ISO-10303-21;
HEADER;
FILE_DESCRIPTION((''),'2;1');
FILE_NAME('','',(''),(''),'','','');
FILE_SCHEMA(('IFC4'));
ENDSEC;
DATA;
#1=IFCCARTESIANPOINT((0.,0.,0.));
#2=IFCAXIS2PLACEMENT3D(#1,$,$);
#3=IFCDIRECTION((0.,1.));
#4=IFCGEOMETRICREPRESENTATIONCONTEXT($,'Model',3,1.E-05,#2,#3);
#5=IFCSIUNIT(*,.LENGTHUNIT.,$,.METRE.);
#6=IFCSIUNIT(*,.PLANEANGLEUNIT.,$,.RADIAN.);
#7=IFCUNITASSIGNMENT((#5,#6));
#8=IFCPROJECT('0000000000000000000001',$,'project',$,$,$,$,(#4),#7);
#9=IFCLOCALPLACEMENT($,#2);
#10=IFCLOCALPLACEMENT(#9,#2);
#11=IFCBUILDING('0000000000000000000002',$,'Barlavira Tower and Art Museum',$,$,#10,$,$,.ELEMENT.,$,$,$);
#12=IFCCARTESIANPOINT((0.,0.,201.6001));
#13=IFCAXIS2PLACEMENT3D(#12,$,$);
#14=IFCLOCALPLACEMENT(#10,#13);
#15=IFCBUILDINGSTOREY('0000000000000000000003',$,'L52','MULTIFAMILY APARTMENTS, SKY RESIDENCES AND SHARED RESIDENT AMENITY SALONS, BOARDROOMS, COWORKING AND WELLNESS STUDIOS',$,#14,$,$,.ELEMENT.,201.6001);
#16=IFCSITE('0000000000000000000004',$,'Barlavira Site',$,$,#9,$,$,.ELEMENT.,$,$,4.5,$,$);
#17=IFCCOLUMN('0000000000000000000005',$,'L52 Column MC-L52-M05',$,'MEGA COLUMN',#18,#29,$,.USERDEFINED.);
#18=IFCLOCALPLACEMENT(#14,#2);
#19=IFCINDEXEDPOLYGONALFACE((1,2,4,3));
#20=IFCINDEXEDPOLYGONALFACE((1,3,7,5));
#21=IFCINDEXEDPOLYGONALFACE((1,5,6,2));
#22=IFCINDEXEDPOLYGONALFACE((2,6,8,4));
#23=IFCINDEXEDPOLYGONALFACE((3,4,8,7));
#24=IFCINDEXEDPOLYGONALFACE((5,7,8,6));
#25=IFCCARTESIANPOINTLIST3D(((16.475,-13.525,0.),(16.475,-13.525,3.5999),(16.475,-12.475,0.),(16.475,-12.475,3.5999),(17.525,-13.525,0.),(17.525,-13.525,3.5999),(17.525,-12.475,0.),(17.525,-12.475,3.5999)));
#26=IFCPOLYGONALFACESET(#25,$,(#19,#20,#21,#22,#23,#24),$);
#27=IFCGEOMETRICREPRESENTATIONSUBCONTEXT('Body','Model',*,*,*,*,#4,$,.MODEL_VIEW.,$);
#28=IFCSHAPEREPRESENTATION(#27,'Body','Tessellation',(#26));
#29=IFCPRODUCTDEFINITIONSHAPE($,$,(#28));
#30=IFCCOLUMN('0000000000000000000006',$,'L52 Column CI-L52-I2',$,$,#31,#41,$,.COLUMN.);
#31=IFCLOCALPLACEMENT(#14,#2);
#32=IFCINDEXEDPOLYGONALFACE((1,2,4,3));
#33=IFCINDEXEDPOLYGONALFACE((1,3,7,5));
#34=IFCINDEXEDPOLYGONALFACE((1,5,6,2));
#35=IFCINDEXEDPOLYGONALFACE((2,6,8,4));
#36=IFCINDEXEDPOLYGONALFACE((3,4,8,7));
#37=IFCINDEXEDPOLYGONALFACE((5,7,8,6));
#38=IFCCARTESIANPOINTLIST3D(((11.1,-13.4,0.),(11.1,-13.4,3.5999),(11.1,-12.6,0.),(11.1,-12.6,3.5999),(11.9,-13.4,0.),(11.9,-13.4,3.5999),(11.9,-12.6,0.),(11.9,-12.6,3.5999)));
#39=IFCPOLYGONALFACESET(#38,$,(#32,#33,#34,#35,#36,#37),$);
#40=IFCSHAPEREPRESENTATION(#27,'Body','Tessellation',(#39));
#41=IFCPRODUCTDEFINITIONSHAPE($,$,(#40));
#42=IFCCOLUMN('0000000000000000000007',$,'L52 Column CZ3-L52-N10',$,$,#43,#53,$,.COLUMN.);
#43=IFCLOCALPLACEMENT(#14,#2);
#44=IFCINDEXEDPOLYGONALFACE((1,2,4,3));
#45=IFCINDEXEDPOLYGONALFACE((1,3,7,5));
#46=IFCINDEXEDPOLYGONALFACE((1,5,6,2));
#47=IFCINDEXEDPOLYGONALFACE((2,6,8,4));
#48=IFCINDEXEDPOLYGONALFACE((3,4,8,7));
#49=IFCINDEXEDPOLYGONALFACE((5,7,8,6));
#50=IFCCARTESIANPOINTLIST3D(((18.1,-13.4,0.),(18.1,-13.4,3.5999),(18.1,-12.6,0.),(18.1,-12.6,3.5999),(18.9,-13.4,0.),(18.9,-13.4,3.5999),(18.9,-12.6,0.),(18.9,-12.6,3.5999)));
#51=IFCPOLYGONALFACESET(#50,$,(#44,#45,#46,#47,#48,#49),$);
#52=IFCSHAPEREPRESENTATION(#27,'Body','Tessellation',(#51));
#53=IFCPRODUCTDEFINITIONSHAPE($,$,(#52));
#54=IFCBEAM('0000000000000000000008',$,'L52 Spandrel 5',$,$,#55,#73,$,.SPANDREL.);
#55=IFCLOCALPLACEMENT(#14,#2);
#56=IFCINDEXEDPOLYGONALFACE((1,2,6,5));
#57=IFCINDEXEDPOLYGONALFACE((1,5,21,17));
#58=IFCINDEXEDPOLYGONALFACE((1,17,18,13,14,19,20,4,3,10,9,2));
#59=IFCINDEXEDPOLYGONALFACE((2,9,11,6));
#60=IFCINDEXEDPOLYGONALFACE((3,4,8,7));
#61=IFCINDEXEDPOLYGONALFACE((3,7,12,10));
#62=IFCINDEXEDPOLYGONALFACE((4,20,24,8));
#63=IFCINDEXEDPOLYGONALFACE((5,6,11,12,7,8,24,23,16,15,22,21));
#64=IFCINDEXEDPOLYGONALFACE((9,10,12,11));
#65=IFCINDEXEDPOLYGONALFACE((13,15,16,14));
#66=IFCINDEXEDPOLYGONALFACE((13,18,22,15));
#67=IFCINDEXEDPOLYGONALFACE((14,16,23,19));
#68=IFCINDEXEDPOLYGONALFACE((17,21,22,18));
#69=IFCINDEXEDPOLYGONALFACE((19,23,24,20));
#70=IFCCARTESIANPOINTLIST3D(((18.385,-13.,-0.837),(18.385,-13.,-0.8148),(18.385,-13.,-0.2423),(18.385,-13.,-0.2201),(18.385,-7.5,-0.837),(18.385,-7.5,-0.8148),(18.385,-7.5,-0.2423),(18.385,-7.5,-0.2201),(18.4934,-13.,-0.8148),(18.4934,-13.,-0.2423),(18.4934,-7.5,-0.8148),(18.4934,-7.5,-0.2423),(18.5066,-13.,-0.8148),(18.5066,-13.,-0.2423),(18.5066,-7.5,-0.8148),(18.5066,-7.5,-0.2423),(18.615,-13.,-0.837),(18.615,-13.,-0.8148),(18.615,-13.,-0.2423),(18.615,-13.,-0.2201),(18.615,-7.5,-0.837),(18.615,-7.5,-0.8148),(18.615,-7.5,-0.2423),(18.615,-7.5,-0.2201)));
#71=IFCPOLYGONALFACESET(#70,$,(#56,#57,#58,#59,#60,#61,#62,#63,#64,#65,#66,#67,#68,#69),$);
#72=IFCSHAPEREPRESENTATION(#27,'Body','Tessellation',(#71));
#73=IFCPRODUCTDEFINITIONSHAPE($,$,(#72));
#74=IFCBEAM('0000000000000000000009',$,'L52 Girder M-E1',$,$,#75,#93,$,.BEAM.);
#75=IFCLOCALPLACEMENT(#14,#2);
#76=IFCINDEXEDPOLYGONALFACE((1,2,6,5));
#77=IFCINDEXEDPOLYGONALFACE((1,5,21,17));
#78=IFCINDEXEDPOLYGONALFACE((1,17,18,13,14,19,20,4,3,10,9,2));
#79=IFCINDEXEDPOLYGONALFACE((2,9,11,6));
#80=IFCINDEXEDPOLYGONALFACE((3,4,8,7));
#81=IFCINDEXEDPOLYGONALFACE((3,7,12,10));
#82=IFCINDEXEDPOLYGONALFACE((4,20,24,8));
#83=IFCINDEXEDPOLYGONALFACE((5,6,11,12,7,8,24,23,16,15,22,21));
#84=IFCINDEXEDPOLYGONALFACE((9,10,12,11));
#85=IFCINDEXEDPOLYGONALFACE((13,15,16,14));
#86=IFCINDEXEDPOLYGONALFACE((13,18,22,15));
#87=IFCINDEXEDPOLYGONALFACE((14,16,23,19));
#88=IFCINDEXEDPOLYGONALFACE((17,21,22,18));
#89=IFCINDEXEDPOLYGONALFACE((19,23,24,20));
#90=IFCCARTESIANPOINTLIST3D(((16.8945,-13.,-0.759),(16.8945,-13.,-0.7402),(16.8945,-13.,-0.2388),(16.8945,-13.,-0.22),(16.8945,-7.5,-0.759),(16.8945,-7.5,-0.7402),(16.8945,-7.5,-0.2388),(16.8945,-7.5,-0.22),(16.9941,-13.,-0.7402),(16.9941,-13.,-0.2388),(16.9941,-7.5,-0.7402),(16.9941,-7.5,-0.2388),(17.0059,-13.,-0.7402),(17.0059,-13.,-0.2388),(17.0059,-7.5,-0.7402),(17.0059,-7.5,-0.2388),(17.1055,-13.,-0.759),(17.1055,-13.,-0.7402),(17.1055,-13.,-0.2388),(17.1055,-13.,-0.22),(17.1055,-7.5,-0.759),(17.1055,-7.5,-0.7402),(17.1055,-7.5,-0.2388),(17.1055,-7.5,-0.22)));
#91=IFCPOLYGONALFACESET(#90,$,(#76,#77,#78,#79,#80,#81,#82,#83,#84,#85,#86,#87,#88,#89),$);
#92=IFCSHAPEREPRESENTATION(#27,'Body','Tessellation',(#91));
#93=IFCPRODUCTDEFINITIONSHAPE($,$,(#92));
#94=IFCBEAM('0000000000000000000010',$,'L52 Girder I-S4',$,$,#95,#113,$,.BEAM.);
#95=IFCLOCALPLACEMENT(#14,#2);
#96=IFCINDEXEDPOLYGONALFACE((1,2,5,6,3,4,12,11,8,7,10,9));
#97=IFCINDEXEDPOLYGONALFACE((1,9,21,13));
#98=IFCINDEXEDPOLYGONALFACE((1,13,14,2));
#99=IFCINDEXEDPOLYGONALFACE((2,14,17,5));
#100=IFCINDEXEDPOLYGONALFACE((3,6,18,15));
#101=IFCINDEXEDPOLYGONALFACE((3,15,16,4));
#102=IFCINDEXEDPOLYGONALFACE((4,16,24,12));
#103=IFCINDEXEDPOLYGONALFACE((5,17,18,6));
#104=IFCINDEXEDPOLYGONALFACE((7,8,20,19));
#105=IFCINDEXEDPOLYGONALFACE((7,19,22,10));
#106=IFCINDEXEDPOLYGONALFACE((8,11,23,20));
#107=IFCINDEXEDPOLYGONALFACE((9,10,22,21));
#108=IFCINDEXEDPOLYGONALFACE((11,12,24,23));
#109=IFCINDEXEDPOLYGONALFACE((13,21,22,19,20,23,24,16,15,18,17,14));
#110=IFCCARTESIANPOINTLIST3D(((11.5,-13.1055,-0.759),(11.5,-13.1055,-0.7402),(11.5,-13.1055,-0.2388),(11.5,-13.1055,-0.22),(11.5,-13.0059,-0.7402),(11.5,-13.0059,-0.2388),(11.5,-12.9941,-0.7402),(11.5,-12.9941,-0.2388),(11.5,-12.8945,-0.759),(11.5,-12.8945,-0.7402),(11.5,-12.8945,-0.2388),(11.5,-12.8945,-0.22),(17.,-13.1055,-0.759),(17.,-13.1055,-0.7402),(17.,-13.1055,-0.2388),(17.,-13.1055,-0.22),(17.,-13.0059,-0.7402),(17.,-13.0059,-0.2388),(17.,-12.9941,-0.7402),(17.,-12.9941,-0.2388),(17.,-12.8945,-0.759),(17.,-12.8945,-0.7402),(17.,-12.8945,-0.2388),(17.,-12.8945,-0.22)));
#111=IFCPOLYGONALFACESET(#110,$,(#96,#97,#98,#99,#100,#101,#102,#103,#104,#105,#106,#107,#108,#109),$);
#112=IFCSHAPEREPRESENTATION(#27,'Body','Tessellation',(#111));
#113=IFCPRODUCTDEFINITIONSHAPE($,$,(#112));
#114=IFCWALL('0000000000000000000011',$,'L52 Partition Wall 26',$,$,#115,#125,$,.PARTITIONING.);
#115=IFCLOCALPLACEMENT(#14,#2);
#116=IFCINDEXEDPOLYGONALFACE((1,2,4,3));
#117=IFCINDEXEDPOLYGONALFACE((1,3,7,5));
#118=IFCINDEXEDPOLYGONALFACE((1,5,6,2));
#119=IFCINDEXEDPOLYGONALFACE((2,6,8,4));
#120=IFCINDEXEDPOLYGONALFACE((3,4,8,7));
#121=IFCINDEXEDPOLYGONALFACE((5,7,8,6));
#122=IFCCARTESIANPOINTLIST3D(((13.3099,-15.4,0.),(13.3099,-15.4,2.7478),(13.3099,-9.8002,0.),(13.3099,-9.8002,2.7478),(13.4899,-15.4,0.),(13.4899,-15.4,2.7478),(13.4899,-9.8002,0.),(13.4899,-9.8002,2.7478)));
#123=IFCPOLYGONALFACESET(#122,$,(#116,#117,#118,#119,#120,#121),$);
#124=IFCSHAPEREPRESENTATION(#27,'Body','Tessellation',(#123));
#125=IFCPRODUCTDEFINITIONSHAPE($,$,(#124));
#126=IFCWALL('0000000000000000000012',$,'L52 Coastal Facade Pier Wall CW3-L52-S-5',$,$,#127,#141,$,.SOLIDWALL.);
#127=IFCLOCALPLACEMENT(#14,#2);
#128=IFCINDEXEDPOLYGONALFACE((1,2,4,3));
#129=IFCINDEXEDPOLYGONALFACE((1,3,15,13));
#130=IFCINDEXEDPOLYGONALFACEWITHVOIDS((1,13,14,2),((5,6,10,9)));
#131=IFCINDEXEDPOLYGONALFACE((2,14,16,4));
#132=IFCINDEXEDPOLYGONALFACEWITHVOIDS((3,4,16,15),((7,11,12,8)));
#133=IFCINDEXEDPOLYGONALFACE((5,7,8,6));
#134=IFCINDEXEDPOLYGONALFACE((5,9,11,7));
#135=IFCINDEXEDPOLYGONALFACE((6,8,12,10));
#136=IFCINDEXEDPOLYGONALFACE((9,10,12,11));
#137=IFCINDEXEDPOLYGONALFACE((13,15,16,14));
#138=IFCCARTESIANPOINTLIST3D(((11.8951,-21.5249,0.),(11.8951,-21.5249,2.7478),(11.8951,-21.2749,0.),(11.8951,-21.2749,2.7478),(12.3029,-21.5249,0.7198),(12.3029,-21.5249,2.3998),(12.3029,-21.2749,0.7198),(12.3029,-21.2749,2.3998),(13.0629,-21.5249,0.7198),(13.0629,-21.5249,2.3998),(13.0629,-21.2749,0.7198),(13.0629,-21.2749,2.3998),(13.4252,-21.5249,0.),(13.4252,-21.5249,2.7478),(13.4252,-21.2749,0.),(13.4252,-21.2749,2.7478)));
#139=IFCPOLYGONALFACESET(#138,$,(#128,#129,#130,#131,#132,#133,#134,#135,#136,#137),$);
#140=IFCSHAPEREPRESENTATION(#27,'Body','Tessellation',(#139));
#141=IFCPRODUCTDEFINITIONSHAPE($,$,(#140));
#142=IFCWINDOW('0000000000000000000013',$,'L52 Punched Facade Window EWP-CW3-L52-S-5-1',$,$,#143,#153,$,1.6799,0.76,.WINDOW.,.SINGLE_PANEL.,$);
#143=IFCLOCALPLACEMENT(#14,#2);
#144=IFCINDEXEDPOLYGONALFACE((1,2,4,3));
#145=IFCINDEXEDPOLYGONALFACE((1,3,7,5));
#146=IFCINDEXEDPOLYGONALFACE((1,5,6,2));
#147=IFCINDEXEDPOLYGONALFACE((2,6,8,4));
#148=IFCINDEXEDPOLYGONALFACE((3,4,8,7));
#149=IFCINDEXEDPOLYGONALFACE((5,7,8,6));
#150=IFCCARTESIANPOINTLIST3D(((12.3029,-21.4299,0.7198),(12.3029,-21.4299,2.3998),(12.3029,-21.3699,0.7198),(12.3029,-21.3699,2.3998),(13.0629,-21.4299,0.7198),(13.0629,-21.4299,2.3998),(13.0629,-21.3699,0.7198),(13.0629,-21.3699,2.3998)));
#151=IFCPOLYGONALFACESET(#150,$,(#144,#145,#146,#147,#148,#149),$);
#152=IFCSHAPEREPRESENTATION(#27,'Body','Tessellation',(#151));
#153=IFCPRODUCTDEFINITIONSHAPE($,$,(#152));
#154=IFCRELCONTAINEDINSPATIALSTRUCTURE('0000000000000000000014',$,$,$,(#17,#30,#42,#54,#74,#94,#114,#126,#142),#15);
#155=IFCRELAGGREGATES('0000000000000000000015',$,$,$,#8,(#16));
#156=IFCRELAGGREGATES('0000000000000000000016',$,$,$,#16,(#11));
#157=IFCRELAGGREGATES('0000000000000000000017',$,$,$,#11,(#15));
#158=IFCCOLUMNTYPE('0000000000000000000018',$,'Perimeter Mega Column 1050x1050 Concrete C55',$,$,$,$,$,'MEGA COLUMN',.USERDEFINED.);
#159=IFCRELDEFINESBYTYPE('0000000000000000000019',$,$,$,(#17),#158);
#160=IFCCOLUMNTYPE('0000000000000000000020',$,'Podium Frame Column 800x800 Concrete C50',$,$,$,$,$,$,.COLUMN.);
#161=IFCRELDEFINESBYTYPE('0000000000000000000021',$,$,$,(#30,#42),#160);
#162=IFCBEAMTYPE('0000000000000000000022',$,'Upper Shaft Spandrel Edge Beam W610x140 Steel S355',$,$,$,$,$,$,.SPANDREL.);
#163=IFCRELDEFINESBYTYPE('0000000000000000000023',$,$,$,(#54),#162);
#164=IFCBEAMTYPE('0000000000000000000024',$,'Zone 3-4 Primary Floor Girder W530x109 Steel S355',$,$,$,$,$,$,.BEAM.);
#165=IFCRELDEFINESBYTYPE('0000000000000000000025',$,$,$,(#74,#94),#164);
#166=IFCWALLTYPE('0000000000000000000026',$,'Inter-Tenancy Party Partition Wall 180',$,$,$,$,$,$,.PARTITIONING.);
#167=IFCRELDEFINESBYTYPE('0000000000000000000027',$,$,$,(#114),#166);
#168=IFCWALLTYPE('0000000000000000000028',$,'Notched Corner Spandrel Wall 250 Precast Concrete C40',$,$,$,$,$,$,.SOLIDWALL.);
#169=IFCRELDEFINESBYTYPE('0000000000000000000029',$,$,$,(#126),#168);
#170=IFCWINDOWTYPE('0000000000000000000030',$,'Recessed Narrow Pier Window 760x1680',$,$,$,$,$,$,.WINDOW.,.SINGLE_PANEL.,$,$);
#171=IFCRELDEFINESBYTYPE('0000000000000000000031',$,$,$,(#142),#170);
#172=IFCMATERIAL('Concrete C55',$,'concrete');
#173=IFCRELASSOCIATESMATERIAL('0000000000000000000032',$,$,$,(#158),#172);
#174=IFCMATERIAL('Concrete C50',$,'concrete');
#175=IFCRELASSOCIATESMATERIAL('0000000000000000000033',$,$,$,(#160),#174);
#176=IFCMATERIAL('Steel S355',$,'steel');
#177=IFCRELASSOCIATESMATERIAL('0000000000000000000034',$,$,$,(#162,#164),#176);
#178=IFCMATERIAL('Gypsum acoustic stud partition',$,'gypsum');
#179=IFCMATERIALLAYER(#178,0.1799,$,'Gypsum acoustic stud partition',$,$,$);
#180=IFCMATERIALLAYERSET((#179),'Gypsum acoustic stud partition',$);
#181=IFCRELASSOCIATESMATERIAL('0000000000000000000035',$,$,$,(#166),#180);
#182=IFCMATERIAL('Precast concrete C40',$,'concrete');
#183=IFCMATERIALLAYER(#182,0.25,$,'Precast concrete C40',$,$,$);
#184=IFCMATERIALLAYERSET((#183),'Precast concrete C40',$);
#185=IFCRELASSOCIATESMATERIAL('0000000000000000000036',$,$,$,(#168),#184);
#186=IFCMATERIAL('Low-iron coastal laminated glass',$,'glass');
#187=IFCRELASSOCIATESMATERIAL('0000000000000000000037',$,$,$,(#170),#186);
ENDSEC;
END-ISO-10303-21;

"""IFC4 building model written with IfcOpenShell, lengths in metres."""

from ifc_helpers import new_model, si_unit, direction, frame, frame_2d, origin, origin_2d, place, context, subcontext, project, spatial, rectangle, i_section, extrude, material, layer, layer_set, material_profile, profile_set, type_object, element, fill, save


model = new_model("IFC4")

# Units and contexts
model_context = context("Model", 3, precision=1e-05, world=origin(), true_north=direction((0.0, 1.0)))
body_context = subcontext(model_context, "Body", "Model", "MODEL_VIEW")
ifc_project = project(units=[si_unit("LENGTHUNIT", "METRE"), si_unit("PLANEANGLEUNIT", "RADIAN")], contexts=[model_context])

# Site, building, storey
site_placement = place(None, origin())
site = spatial("IfcSite", under=ifc_project, at=site_placement, Name="Barlavira Site", CompositionType="ELEMENT", RefElevation=4.5)
building_placement = place(site_placement, origin())
building = spatial("IfcBuilding", under=site, at=building_placement, Name="Barlavira Tower and Art Museum", CompositionType="ELEMENT")
storey_placement = place(building_placement, frame((0.0, 0.0, 201.6001)))
storey = spatial("IfcBuildingStorey", under=building, at=storey_placement, Name="L52", Description="MULTIFAMILY APARTMENTS, SKY RESIDENCES AND SHARED RESIDENT AMENITY SALONS, BOARDROOMS, COWORKING AND WELLNESS STUDIOS", CompositionType="ELEMENT", Elevation=201.6001)

# Columns
ifc_material_1 = material(Name="Concrete C55", Category="concrete")
ifc_material_profile_1 = material_profile(ifc_material_1, rectangle(XDim=1.05, YDim=1.05, at=origin_2d()), Name="RC-COL 1050x1050")
ifc_profile_set_1 = profile_set([ifc_material_profile_1], Name="Concrete C55")
column_type_1 = type_object("IfcColumnType", Name="Perimeter Mega Column 1050x1050 Concrete C55", ElementType="MEGA COLUMN", PredefinedType="USERDEFINED", material=ifc_profile_set_1)
column_placement = place(storey_placement, frame((17.0, -13.0, 0.0), z_axis=(0.0, 0.0, 1.0), x_axis=(1.0, 0.0, 0.0)))
element("IfcColumn", 1, at=column_placement, inside=storey, type_object=column_type_1, Name="L52 Column MC-L52-M05", ObjectType="MEGA COLUMN", PredefinedType="USERDEFINED", context=body_context, shape_type="SweptSolid", body=[
    extrude(rectangle(XDim=1.05, YDim=1.05, at=origin_2d()), origin(), (0.0, 0.0, 1.0), 3.5999),
])
ifc_material_2 = material(Name="Concrete C50", Category="concrete")
ifc_material_profile_2 = material_profile(ifc_material_2, rectangle(XDim=0.8, YDim=0.8, at=origin_2d()), Name="RC-COL 800x800")
ifc_profile_set_2 = profile_set([ifc_material_profile_2], Name="Concrete C50")
column_type_2 = type_object("IfcColumnType", Name="Podium Frame Column 800x800 Concrete C50", PredefinedType="COLUMN", material=ifc_profile_set_2)
for number, where, z_axis, x_axis, name in (
    (2, (11.5, -13.0, 0.0), (0.0, 0.0, 1.0), (1.0, 0.0, 0.0), "L52 Column CI-L52-I2"),
    (3, (18.5, -13.0, 0.0), (0.0, 0.0, 1.0), (1.0, 0.0, 0.0), "L52 Column CZ3-L52-N10"),
):
    element("IfcColumn", number, at=place(storey_placement, frame(where, z_axis=z_axis, x_axis=x_axis)), inside=storey, type_object=column_type_2, Name=name, PredefinedType="COLUMN", context=body_context, shape_type="SweptSolid", body=[
        extrude(rectangle(XDim=0.8, YDim=0.8, at=origin_2d()), origin(), (0.0, 0.0, 1.0), 3.5999),
    ])

# Beams
ifc_material_3 = material(Name="Steel S355", Category="steel")
ifc_material_profile_3 = material_profile(ifc_material_3, i_section(OverallWidth=0.23, OverallDepth=0.6169, WebThickness=0.0132, FlangeThickness=0.0222, at=origin_2d()), Name="W610x140.0")
ifc_profile_set_3 = profile_set([ifc_material_profile_3], Name="Steel S355")
beam_type_1 = type_object("IfcBeamType", Name="Upper Shaft Spandrel Edge Beam W610x140 Steel S355", PredefinedType="SPANDREL", material=ifc_profile_set_3)
beam_placement = place(storey_placement, frame((18.5, -13.0, -0.5286), z_axis=(0.0, 1.0, 0.0), x_axis=(-1.0, 0.0, 0.0)))
element("IfcBeam", 4, at=beam_placement, inside=storey, type_object=beam_type_1, Name="L52 Spandrel 5", PredefinedType="SPANDREL", context=body_context, shape_type="SweptSolid", body=[
    extrude(i_section(OverallWidth=0.23, OverallDepth=0.6169, WebThickness=0.0132, FlangeThickness=0.0222, at=origin_2d()), origin(), (0.0, 0.0, 1.0), 5.5),
])
ifc_material_profile_4 = material_profile(ifc_material_3, i_section(OverallWidth=0.2109, OverallDepth=0.5391, WebThickness=0.0117, FlangeThickness=0.0188, at=origin_2d()), Name="W530x109.0")
ifc_profile_set_4 = profile_set([ifc_material_profile_4], Name="Steel S355")
beam_type_2 = type_object("IfcBeamType", Name="Zone 3-4 Primary Floor Girder W530x109 Steel S355", PredefinedType="BEAM", material=ifc_profile_set_4)
for number, where, z_axis, x_axis, name in (
    (5, (17.0, -13.0, -0.4895), (0.0, 1.0, 0.0), (-1.0, 0.0, 0.0), "L52 Girder M-E1"),
    (6, (11.5, -13.0, -0.4895), (1.0, 0.0, 0.0), (0.0, 1.0, 0.0), "L52 Girder I-S4"),
):
    element("IfcBeam", number, at=place(storey_placement, frame(where, z_axis=z_axis, x_axis=x_axis)), inside=storey, type_object=beam_type_2, Name=name, PredefinedType="BEAM", context=body_context, shape_type="SweptSolid", body=[
        extrude(i_section(OverallWidth=0.2109, OverallDepth=0.5391, WebThickness=0.0117, FlangeThickness=0.0188, at=origin_2d()), origin(), (0.0, 0.0, 1.0), 5.5),
    ])

# Wall
ifc_material_4 = material(Name="Gypsum acoustic stud partition", Category="gypsum")
ifc_layer_1 = layer(ifc_material_4, 0.1799, Name="Gypsum acoustic stud partition")
ifc_layer_set_1 = layer_set([ifc_layer_1], Name="Gypsum acoustic stud partition")
wall_type_1 = type_object("IfcWallType", Name="Inter-Tenancy Party Partition Wall 180", PredefinedType="PARTITIONING", material=ifc_layer_set_1)
wall_1_placement = place(storey_placement, frame((13.3999, -15.3999, 0.0), z_axis=(0.0, 0.0, 1.0), x_axis=(0.0, 1.0, 0.0)))
element("IfcWall", 7, at=wall_1_placement, inside=storey, type_object=wall_type_1, Name="L52 Partition Wall 26", PredefinedType="PARTITIONING", context=body_context, shape_type="SweptSolid", body=[
    extrude(rectangle(XDim=5.5999, YDim=0.1799, at=frame_2d((2.7998, 0.0))), origin(), (0.0, 0.0, 1.0), 2.7478),
])

# Wall, opening, window
ifc_material_5 = material(Name="Precast concrete C40", Category="concrete")
ifc_layer_2 = layer(ifc_material_5, 0.25, Name="Precast concrete C40")
ifc_layer_set_2 = layer_set([ifc_layer_2], Name="Precast concrete C40")
wall_type_2 = type_object("IfcWallType", Name="Notched Corner Spandrel Wall 250 Precast Concrete C40", PredefinedType="SOLIDWALL", material=ifc_layer_set_2)
wall_2_placement = place(storey_placement, frame((11.895, -21.3999, 0.0), z_axis=(0.0, 0.0, 1.0), x_axis=(1.0, 0.0, 0.0)))
wall_2 = element("IfcWall", 8, at=wall_2_placement, inside=storey, type_object=wall_type_2, Name="L52 Coastal Facade Pier Wall CW3-L52-S-5", PredefinedType="SOLIDWALL", context=body_context, shape_type="SweptSolid", body=[
    extrude(rectangle(XDim=1.53, YDim=0.25, at=frame_2d((0.7651, 0.0))), origin(), (0.0, 0.0, 1.0), 2.7478),
])
opening_1_placement = place(wall_2_placement, frame((0.408, 0.0, 0.72)))
opening_1 = element("IfcOpeningElement", 9, at=opening_1_placement, cuts=wall_2, PredefinedType="OPENING", context=body_context, shape_type="SweptSolid", body=[
    extrude(rectangle(XDim=0.76, YDim=1.6799, at=frame_2d((0.3799, 0.8398))), frame((0.0, 0.135, 0.0), z_axis=(0.0, -1.0, 0.0), x_axis=(1.0, 0.0, 0.0)), (0.0, 0.0, 1.0), 0.27),
])
ifc_material_6 = material(Name="Low-iron coastal laminated glass", Category="glass")
window_type_1 = type_object("IfcWindowType", Name="Recessed Narrow Pier Window 760x1680", PartitioningType="SINGLE_PANEL", PredefinedType="WINDOW", material=ifc_material_6)
window_1_placement = place(opening_1_placement, origin())
window_1 = element("IfcWindow", 10, at=window_1_placement, inside=storey, type_object=window_type_1, Name="L52 Punched Facade Window EWP-CW3-L52-S-5-1", OverallHeight=1.6799, OverallWidth=0.76, PartitioningType="SINGLE_PANEL", PredefinedType="WINDOW", context=body_context, shape_type="SweptSolid", body=[
    extrude(rectangle(XDim=0.76, YDim=1.6799, at=frame_2d((0.3799, 0.8398))), frame((0.0, 0.03, 0.0), z_axis=(0.0, -1.0, 0.0), x_axis=(1.0, 0.0, 0.0)), (0.0, 0.0, 1.0), 0.0601),
])
fill(opening_1, window_1)

save(model, "model.ifc")
